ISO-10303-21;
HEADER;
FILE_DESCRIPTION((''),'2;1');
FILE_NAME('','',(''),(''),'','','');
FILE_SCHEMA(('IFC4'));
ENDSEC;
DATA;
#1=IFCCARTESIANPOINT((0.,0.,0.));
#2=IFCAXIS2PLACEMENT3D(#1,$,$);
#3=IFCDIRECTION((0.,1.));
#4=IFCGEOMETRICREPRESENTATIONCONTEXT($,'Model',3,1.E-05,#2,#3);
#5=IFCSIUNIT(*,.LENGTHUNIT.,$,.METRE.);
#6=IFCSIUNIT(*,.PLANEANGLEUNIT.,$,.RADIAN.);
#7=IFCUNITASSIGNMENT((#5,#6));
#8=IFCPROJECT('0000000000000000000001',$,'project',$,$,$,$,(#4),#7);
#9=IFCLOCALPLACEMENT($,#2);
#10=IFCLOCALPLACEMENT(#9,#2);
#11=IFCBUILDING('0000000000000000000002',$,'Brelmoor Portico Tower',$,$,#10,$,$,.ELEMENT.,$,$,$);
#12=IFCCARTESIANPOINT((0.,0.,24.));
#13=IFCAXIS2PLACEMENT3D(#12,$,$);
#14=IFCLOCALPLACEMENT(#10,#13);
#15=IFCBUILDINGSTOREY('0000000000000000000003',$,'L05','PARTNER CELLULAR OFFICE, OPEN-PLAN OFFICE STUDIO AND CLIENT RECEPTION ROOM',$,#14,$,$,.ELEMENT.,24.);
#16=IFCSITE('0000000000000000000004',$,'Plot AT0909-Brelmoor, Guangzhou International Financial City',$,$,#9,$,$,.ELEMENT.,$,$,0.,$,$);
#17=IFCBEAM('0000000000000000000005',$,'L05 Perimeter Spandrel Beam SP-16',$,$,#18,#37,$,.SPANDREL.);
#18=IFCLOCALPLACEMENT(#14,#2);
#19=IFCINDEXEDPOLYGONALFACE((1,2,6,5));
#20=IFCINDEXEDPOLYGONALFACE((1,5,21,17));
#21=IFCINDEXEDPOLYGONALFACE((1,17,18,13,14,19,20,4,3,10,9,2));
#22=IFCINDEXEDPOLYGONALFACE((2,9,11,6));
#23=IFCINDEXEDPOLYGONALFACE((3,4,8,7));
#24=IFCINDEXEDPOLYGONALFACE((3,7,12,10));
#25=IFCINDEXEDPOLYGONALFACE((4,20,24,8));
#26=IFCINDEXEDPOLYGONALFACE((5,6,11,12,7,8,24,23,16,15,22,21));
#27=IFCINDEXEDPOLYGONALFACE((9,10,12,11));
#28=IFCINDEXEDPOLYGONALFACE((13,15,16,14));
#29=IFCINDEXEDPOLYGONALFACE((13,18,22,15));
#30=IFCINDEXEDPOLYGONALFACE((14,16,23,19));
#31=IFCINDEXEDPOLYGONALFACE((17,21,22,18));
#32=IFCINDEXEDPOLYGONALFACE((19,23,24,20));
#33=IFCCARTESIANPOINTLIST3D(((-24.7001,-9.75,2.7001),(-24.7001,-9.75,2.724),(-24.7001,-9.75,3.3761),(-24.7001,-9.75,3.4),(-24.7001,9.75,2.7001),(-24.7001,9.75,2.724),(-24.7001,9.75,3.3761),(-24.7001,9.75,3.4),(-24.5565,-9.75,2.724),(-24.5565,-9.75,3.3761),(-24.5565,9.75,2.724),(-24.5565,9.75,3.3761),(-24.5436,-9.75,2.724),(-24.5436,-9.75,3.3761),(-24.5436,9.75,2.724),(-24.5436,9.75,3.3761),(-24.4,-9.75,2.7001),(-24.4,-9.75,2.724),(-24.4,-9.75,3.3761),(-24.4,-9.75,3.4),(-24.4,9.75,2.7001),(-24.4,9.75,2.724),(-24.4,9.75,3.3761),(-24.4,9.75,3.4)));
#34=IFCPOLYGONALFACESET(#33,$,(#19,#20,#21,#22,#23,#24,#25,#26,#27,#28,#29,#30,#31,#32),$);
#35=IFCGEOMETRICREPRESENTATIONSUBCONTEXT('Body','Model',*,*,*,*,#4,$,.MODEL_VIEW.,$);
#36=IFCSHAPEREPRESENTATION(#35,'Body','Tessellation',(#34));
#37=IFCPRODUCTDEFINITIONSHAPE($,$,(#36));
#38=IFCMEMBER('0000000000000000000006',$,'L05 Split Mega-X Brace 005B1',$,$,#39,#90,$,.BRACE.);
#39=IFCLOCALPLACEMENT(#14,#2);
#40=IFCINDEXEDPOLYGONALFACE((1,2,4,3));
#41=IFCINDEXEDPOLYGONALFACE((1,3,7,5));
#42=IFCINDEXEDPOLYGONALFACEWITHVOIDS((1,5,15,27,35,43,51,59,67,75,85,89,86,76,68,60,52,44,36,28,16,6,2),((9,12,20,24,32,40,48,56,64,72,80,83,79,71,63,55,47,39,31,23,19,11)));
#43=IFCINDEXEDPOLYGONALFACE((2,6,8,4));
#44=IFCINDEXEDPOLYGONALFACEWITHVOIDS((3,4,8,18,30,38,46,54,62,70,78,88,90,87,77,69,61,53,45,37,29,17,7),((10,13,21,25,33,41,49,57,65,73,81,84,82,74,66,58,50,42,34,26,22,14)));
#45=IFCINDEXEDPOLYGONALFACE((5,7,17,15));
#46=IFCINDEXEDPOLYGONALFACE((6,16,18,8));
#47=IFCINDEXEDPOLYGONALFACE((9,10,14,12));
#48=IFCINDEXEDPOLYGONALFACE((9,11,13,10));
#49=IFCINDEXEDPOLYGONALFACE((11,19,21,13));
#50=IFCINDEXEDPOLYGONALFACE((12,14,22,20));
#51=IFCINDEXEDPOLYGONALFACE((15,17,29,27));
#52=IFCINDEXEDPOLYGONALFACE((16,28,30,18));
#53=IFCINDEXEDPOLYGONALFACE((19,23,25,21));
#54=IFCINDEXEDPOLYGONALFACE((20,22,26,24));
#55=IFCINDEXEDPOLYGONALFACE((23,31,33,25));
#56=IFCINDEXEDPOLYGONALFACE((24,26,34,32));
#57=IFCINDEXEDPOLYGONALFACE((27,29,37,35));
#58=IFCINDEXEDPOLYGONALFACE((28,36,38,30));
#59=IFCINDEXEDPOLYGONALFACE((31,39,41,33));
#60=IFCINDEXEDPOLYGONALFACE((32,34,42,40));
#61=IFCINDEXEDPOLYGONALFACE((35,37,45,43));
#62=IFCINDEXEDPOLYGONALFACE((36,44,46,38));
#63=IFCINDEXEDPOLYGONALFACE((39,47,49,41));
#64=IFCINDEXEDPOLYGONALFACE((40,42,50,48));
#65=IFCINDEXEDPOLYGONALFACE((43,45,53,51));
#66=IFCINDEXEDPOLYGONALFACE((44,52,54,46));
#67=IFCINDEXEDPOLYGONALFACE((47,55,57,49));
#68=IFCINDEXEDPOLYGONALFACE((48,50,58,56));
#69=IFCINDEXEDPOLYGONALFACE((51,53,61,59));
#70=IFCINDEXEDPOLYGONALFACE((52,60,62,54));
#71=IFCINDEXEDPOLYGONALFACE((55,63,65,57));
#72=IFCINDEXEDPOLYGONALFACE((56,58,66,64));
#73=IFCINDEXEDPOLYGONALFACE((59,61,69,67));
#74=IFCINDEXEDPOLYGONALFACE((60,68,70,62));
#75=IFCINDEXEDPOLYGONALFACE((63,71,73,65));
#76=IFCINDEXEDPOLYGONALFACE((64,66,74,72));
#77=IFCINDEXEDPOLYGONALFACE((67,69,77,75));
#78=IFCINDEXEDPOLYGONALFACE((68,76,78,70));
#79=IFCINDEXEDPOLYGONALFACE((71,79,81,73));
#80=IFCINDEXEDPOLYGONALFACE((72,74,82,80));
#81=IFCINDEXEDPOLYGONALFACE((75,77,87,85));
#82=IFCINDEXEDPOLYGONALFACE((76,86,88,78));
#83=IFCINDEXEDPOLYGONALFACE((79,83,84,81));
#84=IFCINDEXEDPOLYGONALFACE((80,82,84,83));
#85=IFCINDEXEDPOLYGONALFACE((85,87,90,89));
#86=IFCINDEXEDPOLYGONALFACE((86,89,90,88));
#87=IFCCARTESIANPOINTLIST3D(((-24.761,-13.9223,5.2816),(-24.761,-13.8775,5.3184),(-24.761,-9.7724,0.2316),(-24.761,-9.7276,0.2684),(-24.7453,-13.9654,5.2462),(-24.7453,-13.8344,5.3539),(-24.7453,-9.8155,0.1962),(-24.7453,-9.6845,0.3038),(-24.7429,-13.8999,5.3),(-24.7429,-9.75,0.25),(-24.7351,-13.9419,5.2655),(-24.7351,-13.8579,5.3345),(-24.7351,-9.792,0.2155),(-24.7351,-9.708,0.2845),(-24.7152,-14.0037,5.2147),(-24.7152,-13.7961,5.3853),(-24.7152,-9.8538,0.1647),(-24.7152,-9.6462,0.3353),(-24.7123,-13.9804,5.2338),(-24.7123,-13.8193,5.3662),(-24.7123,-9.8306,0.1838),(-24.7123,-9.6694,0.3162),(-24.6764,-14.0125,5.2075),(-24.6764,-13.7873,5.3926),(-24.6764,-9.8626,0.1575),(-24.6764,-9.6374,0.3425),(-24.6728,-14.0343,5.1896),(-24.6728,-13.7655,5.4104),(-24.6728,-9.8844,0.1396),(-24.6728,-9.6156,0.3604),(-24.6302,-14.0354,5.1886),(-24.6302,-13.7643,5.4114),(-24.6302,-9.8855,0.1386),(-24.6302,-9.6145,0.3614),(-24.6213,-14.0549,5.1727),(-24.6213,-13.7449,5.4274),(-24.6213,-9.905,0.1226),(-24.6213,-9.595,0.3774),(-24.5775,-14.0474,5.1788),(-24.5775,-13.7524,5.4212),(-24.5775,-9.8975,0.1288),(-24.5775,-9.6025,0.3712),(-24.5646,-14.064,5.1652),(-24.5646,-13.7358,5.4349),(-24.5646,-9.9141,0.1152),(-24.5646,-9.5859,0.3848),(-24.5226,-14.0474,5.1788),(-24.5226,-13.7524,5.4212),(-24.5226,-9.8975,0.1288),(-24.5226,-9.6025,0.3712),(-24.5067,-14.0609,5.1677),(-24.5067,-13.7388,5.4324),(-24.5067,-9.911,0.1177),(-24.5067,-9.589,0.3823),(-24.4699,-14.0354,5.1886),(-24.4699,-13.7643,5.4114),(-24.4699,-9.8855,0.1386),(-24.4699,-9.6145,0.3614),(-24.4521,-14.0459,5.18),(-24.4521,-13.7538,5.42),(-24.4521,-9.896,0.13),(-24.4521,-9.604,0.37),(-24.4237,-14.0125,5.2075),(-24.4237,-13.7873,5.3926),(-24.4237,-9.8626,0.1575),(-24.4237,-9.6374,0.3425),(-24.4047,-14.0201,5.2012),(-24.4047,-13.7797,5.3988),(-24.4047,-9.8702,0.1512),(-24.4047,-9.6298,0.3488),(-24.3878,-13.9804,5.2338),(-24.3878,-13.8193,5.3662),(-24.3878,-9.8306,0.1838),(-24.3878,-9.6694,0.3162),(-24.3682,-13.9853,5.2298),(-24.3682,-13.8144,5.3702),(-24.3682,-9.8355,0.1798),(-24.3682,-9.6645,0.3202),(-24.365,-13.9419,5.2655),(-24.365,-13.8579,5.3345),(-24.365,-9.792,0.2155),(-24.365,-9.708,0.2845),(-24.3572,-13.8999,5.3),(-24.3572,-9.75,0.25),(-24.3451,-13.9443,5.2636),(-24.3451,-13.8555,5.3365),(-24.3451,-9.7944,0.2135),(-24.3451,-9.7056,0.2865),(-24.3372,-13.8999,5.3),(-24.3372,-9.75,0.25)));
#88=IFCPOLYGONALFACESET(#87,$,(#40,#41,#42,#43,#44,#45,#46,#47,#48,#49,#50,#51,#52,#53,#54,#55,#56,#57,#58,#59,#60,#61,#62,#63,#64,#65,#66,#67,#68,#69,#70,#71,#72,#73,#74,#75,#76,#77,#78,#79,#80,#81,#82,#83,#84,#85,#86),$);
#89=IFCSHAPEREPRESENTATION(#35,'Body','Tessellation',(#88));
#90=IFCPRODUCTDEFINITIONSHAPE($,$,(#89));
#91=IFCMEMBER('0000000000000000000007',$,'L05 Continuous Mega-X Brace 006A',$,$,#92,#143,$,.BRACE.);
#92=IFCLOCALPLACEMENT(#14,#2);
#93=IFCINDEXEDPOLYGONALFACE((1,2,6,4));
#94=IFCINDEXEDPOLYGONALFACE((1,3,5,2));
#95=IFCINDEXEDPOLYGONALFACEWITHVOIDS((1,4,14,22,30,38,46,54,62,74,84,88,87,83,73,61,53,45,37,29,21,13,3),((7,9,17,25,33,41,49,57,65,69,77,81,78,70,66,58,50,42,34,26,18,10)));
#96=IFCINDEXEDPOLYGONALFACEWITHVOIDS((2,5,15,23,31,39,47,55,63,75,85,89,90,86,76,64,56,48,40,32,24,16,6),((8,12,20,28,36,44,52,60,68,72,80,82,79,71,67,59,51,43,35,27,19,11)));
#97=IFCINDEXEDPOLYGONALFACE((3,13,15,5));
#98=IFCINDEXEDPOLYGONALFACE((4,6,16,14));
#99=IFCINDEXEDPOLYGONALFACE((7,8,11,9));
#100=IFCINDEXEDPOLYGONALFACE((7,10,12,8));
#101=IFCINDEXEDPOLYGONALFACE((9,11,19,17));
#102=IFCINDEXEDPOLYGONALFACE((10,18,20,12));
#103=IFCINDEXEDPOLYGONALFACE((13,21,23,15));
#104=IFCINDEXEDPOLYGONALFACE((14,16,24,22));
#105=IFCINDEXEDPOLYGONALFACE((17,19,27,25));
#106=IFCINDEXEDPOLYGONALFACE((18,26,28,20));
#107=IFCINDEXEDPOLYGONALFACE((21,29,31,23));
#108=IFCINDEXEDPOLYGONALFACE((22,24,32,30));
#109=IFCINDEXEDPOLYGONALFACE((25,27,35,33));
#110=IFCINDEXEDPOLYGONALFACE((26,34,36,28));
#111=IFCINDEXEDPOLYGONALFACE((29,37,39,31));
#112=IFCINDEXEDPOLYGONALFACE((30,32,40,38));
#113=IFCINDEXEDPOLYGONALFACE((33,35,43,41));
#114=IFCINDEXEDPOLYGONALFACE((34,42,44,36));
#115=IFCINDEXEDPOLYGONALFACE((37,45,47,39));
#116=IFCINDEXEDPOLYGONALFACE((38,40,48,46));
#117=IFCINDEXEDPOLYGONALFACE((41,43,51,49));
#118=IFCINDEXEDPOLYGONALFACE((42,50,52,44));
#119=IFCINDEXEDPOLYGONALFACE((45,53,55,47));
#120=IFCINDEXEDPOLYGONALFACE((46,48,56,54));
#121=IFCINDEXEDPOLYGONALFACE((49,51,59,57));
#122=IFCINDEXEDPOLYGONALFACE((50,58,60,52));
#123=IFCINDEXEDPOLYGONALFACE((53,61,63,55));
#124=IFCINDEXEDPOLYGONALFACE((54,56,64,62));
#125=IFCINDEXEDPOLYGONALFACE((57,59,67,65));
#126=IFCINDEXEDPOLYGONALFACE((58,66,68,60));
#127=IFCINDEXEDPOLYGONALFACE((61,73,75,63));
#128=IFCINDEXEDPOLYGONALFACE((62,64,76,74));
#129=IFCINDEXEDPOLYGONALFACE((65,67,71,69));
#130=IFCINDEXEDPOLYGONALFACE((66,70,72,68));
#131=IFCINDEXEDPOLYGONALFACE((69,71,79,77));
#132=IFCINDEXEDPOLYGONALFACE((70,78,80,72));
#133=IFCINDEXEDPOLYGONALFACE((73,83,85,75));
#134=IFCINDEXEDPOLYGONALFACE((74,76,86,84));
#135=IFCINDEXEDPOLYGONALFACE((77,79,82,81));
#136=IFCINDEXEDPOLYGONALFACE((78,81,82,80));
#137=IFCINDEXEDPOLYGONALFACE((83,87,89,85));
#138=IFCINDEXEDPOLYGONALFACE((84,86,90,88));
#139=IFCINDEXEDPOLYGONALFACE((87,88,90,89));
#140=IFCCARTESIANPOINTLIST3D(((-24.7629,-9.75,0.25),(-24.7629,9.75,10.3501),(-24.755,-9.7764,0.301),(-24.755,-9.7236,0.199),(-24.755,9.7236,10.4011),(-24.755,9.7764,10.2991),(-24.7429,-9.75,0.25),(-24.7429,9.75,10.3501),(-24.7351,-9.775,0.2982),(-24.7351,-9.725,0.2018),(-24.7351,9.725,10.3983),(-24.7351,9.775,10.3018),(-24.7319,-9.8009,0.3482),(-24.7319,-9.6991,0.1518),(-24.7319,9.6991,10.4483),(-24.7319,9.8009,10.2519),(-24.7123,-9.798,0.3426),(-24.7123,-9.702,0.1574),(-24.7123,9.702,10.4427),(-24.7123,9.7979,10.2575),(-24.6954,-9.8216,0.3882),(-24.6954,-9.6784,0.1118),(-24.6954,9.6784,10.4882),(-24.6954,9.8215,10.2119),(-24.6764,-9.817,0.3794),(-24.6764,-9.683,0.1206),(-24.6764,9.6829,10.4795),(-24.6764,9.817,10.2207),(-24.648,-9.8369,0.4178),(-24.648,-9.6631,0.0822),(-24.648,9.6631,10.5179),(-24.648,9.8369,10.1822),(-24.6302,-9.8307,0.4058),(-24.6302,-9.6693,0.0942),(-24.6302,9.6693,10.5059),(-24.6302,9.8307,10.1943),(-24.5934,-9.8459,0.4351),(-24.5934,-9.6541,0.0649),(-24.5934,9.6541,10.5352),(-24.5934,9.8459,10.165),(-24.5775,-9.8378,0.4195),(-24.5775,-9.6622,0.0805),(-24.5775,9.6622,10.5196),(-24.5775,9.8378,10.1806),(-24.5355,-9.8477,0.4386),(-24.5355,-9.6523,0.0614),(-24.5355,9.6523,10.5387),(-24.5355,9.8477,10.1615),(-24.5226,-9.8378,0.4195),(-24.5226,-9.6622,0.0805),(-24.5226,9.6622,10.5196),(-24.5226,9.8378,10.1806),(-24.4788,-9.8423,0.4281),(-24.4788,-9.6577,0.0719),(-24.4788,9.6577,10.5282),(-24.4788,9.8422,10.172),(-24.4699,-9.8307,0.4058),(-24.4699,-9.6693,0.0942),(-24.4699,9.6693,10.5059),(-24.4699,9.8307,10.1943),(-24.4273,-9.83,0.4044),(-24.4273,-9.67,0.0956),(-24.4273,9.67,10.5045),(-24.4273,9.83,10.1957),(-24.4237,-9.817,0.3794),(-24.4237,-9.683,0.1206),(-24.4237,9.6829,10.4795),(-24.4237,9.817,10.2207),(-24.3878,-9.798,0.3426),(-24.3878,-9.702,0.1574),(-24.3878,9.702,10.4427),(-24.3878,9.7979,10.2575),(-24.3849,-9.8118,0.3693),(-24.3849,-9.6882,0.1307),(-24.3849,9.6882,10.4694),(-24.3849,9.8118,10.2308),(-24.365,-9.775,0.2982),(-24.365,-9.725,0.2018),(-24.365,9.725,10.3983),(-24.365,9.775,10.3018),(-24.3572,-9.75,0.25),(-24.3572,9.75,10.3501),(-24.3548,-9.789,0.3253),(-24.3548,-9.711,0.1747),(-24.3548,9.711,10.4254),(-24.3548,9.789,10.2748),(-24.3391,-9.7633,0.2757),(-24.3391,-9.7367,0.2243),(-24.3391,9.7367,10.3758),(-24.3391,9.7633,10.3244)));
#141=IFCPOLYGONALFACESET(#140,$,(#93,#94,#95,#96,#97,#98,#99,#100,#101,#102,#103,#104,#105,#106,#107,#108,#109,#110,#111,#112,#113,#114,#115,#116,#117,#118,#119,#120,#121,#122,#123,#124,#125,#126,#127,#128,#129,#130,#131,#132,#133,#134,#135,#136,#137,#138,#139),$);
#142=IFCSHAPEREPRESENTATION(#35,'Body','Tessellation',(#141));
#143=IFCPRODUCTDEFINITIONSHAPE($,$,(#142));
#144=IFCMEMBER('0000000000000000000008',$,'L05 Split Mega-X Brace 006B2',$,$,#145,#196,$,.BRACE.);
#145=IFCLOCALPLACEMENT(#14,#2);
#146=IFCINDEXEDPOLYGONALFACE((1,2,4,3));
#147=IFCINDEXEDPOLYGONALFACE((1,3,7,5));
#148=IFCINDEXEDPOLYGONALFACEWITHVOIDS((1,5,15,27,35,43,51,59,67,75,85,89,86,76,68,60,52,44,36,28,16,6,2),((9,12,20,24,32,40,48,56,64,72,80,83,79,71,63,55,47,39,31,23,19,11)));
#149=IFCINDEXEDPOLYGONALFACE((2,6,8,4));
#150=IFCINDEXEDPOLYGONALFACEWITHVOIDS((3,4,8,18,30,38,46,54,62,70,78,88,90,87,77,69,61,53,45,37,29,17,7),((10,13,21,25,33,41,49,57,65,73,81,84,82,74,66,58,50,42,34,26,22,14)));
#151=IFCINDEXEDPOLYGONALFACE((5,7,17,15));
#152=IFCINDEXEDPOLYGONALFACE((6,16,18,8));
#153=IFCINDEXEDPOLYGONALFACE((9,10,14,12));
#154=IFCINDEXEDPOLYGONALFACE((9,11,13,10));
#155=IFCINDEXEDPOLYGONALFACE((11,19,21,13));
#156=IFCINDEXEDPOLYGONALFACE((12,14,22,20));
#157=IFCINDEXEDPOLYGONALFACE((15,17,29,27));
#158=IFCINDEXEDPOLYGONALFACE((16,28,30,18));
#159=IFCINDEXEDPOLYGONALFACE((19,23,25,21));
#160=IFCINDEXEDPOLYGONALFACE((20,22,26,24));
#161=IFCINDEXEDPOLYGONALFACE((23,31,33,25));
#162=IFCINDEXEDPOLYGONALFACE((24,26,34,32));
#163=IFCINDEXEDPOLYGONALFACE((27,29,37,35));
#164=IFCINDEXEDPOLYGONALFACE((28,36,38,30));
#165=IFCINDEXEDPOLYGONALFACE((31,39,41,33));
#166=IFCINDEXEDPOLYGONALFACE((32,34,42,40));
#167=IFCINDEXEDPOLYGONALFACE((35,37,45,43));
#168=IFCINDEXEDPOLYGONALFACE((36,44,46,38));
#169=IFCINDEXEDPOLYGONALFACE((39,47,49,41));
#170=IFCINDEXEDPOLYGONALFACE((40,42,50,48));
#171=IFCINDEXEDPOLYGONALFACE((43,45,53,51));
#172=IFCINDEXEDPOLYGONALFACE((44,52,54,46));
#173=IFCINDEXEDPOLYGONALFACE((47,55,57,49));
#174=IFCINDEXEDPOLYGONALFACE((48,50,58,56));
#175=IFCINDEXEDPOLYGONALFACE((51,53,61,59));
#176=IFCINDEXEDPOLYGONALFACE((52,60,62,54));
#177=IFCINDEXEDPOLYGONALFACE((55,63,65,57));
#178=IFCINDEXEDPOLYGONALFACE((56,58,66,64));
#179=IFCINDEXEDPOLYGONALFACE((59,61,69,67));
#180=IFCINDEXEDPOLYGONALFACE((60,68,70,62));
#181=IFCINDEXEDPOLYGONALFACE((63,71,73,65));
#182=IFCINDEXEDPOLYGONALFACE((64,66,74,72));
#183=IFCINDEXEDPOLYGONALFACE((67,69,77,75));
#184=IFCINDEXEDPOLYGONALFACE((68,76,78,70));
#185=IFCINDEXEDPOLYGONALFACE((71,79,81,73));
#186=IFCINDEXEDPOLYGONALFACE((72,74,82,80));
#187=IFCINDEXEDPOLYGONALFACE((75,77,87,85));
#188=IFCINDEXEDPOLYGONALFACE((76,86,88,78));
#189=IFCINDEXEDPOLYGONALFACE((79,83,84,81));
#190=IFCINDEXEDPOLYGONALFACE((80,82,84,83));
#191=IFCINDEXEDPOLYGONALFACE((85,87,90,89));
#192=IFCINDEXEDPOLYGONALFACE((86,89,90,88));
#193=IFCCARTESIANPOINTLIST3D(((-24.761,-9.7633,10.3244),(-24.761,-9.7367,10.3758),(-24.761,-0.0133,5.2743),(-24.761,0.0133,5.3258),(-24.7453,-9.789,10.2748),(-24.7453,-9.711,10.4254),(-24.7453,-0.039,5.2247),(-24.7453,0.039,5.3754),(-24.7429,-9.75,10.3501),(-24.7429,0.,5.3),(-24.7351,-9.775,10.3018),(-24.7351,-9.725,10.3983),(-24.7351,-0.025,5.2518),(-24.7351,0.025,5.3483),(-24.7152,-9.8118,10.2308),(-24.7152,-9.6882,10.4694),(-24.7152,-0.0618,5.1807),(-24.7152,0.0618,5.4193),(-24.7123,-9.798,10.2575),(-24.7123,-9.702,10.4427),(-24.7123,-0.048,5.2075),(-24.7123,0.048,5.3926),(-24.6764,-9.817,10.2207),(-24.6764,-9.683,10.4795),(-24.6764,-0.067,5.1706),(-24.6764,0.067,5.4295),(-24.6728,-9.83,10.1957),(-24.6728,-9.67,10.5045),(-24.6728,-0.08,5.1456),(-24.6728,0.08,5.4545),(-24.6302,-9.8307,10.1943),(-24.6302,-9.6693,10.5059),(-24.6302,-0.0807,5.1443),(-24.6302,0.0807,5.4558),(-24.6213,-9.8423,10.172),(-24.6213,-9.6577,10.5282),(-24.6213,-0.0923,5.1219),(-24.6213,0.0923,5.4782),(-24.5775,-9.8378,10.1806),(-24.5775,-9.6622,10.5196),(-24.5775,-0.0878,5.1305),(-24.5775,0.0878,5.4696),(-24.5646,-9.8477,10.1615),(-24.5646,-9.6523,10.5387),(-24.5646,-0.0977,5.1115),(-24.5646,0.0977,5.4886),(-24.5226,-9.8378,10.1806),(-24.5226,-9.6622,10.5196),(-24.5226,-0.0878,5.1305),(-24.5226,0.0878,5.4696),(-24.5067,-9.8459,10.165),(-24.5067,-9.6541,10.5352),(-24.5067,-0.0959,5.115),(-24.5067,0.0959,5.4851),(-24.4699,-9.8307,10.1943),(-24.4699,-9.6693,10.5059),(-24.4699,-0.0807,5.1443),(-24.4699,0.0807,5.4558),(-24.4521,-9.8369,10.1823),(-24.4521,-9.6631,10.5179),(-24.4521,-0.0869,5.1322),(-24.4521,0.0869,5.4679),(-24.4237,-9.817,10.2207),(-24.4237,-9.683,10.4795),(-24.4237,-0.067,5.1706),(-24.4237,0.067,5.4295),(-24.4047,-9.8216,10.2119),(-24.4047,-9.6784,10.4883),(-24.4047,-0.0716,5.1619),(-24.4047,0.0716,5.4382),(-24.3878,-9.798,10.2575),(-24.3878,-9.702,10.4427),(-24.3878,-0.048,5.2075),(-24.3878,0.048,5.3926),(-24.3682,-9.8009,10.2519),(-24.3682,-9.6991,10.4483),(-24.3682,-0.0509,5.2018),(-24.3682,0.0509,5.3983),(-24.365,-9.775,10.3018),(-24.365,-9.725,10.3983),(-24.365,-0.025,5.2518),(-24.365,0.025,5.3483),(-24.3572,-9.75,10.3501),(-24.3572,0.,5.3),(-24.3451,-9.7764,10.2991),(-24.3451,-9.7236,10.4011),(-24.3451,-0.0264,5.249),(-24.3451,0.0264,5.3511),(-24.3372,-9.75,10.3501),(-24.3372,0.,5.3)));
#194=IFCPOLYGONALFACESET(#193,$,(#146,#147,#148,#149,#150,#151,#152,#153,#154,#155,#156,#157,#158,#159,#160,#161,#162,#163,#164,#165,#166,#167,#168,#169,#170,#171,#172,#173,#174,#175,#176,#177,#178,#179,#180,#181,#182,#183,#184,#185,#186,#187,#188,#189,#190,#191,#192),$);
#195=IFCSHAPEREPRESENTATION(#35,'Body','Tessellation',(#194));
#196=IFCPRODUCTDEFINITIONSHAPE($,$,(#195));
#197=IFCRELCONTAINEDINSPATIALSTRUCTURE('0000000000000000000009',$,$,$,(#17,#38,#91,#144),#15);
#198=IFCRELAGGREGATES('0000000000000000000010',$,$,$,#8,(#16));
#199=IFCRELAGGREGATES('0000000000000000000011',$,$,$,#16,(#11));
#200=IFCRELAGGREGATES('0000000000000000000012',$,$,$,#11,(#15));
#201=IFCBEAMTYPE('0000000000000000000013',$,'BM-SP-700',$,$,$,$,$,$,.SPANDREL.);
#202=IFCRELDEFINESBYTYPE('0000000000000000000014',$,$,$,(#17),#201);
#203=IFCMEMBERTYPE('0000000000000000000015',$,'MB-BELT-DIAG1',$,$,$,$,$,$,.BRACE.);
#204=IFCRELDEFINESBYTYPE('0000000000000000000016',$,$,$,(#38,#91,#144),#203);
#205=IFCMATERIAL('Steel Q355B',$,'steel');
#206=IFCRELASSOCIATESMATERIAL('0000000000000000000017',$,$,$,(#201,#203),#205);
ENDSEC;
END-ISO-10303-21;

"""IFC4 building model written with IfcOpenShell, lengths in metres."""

from ifc_helpers import new_model, si_unit, direction, frame, origin, origin_2d, place, context, subcontext, project, spatial, hollow_circle, i_section, extrude, material, material_profile, profile_set, type_object, element, save


model = new_model("IFC4")

# Units and contexts
model_context = context("Model", 3, precision=1e-05, world=origin(), true_north=direction((0.0, 1.0)))
body_context = subcontext(model_context, "Body", "Model", "MODEL_VIEW")
ifc_project = project(units=[si_unit("LENGTHUNIT", "METRE"), si_unit("PLANEANGLEUNIT", "RADIAN")], contexts=[model_context])

# Site, building, storey
site_placement = place(None, origin())
site = spatial("IfcSite", under=ifc_project, at=site_placement, Name="Plot AT0909-Brelmoor, Guangzhou International Financial City", CompositionType="ELEMENT", RefElevation=0.0)
building_placement = place(site_placement, origin())
building = spatial("IfcBuilding", under=site, at=building_placement, Name="Brelmoor Portico Tower", CompositionType="ELEMENT")
storey_placement = place(building_placement, frame((0.0, 0.0, 24.0)))
storey = spatial("IfcBuildingStorey", under=building, at=storey_placement, Name="L05", Description="PARTNER CELLULAR OFFICE, OPEN-PLAN OFFICE STUDIO AND CLIENT RECEPTION ROOM", CompositionType="ELEMENT", Elevation=24.0)

# Beam
ifc_material_1 = material(Name="Steel Q355B", Category="steel")
ifc_material_profile_1 = material_profile(ifc_material_1, i_section(OverallWidth=0.3, OverallDepth=0.7, WebThickness=0.0129, FlangeThickness=0.0239, at=origin_2d()), Name="HN 700x300x13x24")
ifc_profile_set_1 = profile_set([ifc_material_profile_1], Name="Steel Q355B")
beam_type_1 = type_object("IfcBeamType", Name="BM-SP-700", PredefinedType="SPANDREL", material=ifc_profile_set_1)
beam_1_placement = place(storey_placement, frame((-24.55, -9.75, 3.05), z_axis=(0.0, 1.0, 0.0), x_axis=(-1.0, 0.0, 0.0)))
element("IfcBeam", 1, at=beam_1_placement, inside=storey, type_object=beam_type_1, Name="L05 Perimeter Spandrel Beam SP-16", PredefinedType="SPANDREL", context=body_context, shape_type="SweptSolid", body=[
    extrude(i_section(OverallWidth=0.3, OverallDepth=0.7, WebThickness=0.0129, FlangeThickness=0.0239, at=origin_2d()), origin(), (0.0, 0.0, 1.0), 19.5),
])

# Members
ifc_material_profile_2 = material_profile(ifc_material_1, hollow_circle(Radius=0.2129, WallThickness=0.02, at=origin_2d()), Name="CHS 426x20")
ifc_profile_set_2 = profile_set([ifc_material_profile_2], Name="Steel Q355B")
member_type_1 = type_object("IfcMemberType", Name="MB-BELT-DIAG1", PredefinedType="BRACE", material=ifc_profile_set_2)
member_1_placement = place(storey_placement, frame((-24.55, -9.75, 0.25), z_axis=(0.0, -0.63489, 0.772603), x_axis=(1.0, 0.0, 0.0)))
element("IfcMember", 2, at=member_1_placement, inside=storey, type_object=member_type_1, Name="L05 Split Mega-X Brace 005B1", PredefinedType="BRACE", context=body_context, shape_type="SweptSolid", body=[
    extrude(hollow_circle(Radius=0.2129, WallThickness=0.02, at=origin_2d()), origin(), (0.0, 0.0, 1.0), 6.5364),
])
member_2_placement = place(storey_placement, frame((-24.55, -9.75, 0.25), z_axis=(0.0, 0.887959, 0.459922), x_axis=(-1.0, 0.0, 0.0)))
element("IfcMember", 3, at=member_2_placement, inside=storey, type_object=member_type_1, Name="L05 Continuous Mega-X Brace 006A", PredefinedType="BRACE", context=body_context, shape_type="SweptSolid", body=[
    extrude(hollow_circle(Radius=0.2129, WallThickness=0.02, at=origin_2d()), origin(), (0.0, 0.0, 1.0), 21.9604),
])
member_3_placement = place(storey_placement, frame((-24.55, 0.0, 5.3), z_axis=(0.0, -0.887959, 0.459922), x_axis=(1.0, 0.0, 0.0)))
element("IfcMember", 4, at=member_3_placement, inside=storey, type_object=member_type_1, Name="L05 Split Mega-X Brace 006B2", PredefinedType="BRACE", context=body_context, shape_type="SweptSolid", body=[
    extrude(hollow_circle(Radius=0.2129, WallThickness=0.02, at=origin_2d()), origin(), (0.0, 0.0, 1.0), 10.9802),
])

save(model, "model.ifc")
